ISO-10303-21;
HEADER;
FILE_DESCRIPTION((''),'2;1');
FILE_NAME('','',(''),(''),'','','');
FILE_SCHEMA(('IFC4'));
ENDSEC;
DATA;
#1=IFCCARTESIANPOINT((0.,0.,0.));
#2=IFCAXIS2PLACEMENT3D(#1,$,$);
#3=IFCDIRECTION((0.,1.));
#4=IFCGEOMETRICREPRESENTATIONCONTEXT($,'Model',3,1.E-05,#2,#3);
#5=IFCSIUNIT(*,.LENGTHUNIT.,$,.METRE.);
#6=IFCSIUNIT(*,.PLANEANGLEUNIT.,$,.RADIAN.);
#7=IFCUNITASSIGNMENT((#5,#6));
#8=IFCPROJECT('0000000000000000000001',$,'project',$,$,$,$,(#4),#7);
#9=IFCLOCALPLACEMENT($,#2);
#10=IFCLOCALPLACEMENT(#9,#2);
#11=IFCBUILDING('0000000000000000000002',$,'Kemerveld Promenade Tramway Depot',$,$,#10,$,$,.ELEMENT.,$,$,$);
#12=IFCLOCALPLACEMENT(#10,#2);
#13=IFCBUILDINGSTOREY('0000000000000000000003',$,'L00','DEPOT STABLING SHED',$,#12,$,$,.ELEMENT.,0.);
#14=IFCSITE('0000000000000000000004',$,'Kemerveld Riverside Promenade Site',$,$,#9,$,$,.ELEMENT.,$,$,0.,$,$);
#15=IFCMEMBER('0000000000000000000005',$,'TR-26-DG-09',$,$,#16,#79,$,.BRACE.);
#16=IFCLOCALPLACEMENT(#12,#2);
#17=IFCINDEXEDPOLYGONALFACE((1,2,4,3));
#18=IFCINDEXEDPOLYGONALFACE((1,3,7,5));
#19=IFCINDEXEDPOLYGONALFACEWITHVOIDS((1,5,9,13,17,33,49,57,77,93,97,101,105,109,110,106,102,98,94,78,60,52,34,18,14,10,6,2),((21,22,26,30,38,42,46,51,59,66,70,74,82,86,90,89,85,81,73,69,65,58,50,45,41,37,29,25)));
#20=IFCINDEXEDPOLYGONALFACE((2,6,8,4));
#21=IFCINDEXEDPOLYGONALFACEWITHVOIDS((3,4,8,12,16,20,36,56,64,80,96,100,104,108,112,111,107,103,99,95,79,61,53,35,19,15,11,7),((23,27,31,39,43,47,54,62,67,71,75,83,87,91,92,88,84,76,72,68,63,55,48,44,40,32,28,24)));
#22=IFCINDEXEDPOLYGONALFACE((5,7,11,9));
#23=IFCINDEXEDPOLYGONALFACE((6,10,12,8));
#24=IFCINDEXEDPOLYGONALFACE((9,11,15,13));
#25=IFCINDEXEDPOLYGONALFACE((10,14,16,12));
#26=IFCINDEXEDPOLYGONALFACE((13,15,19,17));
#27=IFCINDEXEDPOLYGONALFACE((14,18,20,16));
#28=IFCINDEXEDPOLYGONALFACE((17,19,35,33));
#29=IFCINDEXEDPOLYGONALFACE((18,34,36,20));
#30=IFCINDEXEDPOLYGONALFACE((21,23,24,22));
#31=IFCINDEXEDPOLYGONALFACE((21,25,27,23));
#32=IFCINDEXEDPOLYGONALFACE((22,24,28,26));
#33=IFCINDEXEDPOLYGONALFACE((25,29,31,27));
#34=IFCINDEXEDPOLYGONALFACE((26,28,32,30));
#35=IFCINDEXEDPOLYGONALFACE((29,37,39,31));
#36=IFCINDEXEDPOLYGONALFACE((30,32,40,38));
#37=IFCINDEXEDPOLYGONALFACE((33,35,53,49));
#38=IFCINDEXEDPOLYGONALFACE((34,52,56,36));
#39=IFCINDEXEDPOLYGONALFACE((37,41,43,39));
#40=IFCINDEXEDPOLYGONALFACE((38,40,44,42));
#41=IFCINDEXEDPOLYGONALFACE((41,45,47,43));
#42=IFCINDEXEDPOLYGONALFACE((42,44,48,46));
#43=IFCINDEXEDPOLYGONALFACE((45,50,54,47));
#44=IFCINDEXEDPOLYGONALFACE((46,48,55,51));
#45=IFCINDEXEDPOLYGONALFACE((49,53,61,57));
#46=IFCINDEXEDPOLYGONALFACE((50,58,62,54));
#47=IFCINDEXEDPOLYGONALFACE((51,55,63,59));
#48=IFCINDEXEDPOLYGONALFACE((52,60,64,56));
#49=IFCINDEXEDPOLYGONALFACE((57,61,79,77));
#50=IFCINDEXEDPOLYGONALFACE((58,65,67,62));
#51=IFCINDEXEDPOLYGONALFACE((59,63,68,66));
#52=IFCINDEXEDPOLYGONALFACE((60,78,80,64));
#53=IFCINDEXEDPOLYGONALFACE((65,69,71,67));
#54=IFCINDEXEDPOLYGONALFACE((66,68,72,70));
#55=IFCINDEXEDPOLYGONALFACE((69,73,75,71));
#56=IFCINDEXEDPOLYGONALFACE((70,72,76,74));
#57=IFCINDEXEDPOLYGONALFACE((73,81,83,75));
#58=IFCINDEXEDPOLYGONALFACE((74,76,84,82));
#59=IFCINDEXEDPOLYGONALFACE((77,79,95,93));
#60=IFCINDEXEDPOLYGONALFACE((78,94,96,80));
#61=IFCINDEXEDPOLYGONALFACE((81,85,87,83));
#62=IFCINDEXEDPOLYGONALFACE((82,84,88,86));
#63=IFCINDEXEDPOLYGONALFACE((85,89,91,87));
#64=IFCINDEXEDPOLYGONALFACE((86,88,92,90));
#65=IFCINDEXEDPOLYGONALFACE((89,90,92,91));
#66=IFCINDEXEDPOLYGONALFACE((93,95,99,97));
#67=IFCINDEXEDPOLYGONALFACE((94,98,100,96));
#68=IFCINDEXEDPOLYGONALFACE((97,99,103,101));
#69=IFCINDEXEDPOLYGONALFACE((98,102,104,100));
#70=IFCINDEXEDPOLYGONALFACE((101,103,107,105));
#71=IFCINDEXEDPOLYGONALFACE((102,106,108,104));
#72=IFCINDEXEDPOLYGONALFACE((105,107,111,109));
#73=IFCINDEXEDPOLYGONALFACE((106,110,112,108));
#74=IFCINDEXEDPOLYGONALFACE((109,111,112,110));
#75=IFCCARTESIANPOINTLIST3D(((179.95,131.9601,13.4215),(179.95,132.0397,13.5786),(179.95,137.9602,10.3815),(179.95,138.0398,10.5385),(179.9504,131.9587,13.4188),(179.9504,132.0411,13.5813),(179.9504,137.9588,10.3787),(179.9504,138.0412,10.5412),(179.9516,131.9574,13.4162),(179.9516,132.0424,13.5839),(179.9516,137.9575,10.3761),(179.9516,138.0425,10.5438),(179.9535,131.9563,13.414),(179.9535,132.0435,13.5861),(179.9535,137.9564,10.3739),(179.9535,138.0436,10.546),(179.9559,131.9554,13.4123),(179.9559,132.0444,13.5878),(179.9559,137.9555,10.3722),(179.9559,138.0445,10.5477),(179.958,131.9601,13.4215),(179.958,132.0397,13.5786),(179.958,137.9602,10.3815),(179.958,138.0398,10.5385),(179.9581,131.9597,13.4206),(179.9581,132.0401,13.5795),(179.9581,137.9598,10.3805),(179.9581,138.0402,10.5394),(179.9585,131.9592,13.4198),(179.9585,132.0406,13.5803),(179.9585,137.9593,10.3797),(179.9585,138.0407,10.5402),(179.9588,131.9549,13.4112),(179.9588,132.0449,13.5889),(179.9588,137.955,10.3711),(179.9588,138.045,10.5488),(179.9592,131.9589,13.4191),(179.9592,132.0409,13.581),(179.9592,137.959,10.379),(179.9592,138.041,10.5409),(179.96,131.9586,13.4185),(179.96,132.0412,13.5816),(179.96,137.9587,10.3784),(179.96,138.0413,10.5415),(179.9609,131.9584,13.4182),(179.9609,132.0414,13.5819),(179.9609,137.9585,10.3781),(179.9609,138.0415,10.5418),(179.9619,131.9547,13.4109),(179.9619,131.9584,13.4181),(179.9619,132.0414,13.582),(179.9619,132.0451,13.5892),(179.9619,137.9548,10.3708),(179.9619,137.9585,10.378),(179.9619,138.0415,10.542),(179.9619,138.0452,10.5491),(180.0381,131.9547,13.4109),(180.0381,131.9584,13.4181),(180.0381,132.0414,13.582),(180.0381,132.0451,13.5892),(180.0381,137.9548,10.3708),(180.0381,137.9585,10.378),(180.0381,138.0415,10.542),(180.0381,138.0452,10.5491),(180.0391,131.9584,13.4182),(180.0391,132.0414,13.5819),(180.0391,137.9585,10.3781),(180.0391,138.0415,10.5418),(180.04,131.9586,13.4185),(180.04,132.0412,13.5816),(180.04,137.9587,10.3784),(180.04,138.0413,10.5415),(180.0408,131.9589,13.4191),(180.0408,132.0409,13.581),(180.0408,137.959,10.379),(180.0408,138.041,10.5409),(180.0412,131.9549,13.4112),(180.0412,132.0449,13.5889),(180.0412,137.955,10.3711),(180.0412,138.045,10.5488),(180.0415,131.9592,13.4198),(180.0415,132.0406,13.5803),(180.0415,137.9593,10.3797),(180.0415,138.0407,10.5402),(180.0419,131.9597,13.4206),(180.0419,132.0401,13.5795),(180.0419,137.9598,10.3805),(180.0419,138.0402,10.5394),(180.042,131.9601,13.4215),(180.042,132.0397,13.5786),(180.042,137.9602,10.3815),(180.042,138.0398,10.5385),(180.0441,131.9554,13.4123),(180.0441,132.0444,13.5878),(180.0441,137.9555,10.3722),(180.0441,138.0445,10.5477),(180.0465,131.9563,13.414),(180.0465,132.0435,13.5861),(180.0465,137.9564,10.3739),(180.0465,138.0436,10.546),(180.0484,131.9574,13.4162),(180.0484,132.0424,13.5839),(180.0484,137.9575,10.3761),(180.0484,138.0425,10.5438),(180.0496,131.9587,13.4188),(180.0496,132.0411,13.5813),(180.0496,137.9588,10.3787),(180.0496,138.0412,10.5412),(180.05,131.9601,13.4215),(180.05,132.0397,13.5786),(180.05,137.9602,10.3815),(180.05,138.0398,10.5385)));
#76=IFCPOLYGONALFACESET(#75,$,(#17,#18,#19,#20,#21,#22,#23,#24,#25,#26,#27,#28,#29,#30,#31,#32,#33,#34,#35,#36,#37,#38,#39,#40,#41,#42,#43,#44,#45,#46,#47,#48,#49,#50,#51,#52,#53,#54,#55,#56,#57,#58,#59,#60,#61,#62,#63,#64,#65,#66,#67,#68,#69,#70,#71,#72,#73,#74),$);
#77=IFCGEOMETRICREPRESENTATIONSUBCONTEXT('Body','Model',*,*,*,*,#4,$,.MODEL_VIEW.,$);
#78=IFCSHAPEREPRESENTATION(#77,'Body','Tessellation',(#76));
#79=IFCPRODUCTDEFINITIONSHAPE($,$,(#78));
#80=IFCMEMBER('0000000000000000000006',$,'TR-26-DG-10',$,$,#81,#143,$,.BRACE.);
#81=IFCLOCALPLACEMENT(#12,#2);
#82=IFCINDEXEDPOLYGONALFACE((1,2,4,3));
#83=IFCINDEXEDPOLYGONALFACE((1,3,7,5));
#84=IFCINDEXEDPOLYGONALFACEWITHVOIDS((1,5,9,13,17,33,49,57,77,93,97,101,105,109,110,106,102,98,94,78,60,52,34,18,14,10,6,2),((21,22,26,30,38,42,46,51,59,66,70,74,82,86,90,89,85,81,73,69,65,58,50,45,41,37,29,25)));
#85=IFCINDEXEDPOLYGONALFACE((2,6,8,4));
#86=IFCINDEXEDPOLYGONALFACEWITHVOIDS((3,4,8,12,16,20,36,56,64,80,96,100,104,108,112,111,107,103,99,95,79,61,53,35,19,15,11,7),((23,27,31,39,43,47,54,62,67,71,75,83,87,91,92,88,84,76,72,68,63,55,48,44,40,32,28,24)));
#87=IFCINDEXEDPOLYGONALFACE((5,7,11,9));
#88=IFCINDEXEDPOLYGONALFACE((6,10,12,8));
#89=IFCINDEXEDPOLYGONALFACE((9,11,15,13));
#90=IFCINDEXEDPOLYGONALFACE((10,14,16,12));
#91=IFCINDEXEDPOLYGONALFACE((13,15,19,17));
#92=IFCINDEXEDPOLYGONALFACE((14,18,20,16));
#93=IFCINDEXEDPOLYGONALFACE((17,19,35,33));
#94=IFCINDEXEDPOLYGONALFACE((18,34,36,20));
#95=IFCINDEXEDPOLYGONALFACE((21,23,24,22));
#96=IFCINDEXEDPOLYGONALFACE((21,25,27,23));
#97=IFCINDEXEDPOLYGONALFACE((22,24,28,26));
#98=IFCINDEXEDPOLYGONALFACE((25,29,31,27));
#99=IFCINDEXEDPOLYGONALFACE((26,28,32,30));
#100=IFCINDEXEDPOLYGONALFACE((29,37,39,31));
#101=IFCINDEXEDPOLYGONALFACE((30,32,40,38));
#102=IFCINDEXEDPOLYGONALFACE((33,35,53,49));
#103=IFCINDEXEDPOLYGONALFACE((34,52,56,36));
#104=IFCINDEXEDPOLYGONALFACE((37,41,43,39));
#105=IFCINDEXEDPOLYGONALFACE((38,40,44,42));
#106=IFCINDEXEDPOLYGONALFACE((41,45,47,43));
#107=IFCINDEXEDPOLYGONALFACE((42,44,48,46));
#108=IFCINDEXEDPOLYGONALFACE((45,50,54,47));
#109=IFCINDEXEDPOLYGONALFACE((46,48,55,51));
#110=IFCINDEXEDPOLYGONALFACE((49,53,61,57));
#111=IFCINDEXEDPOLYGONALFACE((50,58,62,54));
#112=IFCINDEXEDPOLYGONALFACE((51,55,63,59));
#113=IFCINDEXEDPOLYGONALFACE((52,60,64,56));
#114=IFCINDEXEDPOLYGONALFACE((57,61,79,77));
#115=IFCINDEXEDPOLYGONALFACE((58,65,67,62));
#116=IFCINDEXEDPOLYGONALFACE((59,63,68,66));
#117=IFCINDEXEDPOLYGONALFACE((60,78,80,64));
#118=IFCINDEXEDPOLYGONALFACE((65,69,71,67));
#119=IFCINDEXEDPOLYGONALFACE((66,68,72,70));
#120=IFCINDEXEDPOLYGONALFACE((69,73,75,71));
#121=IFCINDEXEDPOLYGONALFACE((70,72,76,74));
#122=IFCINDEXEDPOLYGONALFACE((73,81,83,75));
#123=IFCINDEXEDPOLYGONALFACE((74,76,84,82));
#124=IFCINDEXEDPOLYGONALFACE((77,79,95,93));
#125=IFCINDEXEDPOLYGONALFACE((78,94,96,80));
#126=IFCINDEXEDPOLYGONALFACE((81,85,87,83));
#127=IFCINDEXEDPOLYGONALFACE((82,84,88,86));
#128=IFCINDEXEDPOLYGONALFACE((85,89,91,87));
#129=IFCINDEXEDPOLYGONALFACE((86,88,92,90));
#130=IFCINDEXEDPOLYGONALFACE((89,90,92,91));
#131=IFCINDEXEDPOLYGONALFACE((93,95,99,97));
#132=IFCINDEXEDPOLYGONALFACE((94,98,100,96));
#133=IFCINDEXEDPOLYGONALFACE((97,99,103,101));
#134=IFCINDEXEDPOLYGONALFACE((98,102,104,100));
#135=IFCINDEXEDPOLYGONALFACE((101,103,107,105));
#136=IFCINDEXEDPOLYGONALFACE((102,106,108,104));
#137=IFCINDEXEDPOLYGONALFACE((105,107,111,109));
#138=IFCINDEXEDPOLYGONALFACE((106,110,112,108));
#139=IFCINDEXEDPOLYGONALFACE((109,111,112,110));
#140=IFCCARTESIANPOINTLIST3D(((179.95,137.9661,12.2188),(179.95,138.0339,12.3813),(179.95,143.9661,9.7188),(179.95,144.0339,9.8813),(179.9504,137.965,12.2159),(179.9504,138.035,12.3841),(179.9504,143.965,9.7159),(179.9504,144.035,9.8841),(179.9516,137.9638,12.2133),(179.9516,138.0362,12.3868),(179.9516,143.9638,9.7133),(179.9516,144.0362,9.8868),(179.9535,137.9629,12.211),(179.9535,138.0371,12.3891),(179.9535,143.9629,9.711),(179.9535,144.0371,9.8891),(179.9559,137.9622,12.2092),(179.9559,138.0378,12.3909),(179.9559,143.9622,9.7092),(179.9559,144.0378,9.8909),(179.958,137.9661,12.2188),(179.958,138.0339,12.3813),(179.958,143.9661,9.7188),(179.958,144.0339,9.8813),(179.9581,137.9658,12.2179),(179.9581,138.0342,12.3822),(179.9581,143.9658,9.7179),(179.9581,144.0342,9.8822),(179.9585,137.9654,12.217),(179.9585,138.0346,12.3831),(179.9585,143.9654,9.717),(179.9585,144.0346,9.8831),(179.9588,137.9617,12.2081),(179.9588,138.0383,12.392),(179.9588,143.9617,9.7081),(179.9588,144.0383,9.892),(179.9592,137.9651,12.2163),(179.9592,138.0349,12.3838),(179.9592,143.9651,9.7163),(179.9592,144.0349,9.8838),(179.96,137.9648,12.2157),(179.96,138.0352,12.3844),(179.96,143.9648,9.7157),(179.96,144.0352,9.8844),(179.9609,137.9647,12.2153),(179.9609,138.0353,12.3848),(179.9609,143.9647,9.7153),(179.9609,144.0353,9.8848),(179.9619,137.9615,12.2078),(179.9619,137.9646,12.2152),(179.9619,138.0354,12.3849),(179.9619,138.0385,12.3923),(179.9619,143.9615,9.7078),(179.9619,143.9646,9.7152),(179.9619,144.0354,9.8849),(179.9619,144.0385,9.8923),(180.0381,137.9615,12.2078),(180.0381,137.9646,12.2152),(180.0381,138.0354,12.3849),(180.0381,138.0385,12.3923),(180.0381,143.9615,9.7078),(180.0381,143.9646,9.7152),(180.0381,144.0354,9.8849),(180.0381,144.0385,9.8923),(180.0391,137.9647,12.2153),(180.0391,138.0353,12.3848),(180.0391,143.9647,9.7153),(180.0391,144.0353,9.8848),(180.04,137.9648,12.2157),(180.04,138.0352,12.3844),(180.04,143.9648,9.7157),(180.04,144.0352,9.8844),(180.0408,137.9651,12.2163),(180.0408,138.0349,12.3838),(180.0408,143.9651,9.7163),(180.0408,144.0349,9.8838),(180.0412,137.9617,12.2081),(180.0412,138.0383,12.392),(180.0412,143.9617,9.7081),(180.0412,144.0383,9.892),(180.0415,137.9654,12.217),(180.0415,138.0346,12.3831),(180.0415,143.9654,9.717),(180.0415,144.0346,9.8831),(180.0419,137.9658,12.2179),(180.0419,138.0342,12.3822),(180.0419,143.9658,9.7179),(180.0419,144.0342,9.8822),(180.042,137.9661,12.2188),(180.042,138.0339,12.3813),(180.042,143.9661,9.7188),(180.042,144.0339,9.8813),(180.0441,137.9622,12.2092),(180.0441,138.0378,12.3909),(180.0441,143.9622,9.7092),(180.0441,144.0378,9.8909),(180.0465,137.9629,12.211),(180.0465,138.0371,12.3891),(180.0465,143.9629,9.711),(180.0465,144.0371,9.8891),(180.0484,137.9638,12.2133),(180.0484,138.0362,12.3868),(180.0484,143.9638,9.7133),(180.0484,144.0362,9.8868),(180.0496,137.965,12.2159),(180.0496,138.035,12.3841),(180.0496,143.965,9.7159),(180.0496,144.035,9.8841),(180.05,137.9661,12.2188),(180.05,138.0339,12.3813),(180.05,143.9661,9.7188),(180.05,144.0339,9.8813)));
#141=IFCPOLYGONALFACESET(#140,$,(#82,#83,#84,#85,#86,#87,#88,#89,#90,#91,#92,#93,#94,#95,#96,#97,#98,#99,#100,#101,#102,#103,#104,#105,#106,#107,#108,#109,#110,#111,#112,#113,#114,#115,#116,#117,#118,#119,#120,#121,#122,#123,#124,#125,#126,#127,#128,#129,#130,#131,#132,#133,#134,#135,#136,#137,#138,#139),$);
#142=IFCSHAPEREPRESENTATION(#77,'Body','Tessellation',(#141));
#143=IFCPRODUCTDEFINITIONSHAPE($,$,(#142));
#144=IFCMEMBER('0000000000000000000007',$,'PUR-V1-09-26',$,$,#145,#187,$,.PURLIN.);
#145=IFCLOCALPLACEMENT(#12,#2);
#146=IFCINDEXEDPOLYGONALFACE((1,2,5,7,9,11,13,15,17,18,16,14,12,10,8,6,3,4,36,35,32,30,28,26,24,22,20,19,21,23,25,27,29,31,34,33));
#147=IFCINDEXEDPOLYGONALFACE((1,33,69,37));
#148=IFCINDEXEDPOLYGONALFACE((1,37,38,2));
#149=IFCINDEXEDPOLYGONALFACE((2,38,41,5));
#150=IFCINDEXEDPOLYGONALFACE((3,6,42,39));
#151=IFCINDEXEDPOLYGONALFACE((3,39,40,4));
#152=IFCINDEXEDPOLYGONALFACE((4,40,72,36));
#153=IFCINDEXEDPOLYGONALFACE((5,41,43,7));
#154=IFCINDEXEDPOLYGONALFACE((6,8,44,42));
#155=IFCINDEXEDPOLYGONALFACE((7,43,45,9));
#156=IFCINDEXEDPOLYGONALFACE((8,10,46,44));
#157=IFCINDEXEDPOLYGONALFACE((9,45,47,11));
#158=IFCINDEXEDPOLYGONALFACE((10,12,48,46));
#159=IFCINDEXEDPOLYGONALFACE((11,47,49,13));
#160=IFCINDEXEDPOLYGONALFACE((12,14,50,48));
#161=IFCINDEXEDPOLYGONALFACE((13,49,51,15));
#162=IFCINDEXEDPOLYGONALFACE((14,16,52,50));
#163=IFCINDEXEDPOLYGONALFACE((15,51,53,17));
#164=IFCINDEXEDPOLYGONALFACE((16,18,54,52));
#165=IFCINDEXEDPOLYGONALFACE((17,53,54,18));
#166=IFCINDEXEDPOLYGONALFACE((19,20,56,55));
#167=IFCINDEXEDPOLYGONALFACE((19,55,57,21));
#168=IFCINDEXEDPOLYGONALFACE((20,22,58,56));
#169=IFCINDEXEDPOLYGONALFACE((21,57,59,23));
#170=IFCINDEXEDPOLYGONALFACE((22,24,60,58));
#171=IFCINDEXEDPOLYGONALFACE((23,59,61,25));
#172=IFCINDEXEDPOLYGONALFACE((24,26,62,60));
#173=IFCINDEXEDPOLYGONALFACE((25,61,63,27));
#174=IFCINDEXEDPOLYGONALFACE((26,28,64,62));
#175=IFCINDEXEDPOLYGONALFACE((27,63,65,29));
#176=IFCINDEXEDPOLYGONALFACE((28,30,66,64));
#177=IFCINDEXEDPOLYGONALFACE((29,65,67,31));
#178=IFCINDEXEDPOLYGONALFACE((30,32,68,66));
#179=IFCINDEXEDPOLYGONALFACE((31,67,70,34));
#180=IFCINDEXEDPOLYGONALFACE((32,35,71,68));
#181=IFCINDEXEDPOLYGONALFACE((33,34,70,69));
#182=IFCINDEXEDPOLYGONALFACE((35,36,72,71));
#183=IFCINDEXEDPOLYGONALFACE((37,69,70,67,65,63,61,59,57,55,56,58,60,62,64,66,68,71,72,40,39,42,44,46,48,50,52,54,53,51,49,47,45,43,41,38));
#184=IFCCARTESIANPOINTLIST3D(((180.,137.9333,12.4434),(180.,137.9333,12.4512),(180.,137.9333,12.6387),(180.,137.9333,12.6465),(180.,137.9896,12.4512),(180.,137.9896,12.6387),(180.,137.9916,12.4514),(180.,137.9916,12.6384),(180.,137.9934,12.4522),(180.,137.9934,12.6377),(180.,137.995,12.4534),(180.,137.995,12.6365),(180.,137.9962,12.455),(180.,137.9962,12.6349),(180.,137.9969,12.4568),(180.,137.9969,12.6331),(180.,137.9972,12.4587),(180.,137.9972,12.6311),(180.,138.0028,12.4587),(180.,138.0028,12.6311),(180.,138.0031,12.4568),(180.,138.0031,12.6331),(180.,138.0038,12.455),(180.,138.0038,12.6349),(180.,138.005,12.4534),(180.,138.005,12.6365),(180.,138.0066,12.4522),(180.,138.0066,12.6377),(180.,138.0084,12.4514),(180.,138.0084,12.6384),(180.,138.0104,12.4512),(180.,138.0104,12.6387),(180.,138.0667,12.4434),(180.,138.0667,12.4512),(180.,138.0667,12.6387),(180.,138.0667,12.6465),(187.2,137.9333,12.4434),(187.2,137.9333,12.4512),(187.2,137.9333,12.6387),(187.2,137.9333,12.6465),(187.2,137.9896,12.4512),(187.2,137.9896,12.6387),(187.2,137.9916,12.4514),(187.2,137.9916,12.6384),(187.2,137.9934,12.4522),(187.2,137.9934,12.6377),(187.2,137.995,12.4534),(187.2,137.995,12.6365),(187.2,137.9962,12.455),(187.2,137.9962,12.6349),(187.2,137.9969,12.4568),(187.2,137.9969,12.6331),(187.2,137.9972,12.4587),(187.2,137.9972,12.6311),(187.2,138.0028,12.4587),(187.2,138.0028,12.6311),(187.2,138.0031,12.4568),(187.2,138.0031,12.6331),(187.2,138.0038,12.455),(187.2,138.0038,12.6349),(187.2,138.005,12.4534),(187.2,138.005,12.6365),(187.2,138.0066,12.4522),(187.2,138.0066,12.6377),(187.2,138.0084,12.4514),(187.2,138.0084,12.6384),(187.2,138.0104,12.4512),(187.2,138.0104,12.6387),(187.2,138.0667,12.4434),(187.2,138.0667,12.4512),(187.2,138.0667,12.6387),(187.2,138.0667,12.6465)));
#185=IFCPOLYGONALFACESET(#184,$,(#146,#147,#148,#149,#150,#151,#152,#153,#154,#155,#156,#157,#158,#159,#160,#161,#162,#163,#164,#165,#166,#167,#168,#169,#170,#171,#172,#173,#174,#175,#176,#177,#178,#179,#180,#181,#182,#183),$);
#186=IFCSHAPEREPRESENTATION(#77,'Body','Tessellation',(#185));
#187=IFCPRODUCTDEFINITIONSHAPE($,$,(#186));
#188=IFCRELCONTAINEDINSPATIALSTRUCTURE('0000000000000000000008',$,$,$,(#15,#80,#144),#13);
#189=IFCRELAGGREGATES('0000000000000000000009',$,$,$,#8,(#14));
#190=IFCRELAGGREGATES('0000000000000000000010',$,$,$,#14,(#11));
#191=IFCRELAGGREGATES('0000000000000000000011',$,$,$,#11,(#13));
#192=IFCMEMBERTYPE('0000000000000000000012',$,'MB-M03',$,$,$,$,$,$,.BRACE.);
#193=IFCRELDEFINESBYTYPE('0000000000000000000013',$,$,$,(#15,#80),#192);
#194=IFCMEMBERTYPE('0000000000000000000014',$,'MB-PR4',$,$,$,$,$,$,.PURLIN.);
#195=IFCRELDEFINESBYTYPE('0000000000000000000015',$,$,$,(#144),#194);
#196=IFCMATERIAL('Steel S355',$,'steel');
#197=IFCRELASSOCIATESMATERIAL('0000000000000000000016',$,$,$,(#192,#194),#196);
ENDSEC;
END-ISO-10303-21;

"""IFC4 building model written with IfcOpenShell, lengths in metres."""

from ifc_helpers import new_model, si_unit, direction, frame, origin, origin_2d, place, context, subcontext, project, spatial, hollow_rectangle, i_section, extrude, material, material_profile, profile_set, type_object, element, save


model = new_model("IFC4")

# Units and contexts
model_context = context("Model", 3, precision=1e-05, world=origin(), true_north=direction((0.0, 1.0)))
body_context = subcontext(model_context, "Body", "Model", "MODEL_VIEW")
ifc_project = project(units=[si_unit("LENGTHUNIT", "METRE"), si_unit("PLANEANGLEUNIT", "RADIAN")], contexts=[model_context])

# Site, building, storey
site_placement = place(None, origin())
site = spatial("IfcSite", under=ifc_project, at=site_placement, Name="Kemerveld Riverside Promenade Site", CompositionType="ELEMENT", RefElevation=0.0)
building_placement = place(site_placement, origin())
building = spatial("IfcBuilding", under=site, at=building_placement, Name="Kemerveld Promenade Tramway Depot", CompositionType="ELEMENT")
storey_placement = place(building_placement, origin())
storey = spatial("IfcBuildingStorey", under=building, at=storey_placement, Name="L00", Description="DEPOT STABLING SHED", CompositionType="ELEMENT", Elevation=0.0)

# Shared definitions
ifc_material_1 = material(Name="Steel S355", Category="steel")

# Members
ifc_material_profile_1 = material_profile(ifc_material_1, hollow_rectangle(XDim=0.1001, YDim=0.2, WallThickness=0.0081, InnerFilletRadius=0.0039, OuterFilletRadius=0.012, at=origin_2d()), Name="200x100x8.0 RHS")
ifc_profile_set_1 = profile_set([ifc_material_profile_1], Name="Steel S355")
member_type_1 = type_object("IfcMemberType", Name="MB-M03", PredefinedType="BRACE", material=ifc_profile_set_1)
member_1_placement = place(storey_placement, frame((180.0, 138.0, 10.46), z_axis=(0.0, -0.892033, 0.451969), x_axis=(1.0, 0.0, 0.0)))
element("IfcMember", 1, at=member_1_placement, inside=storey, type_object=member_type_1, Name="TR-26-DG-09", PredefinedType="BRACE", context=body_context, shape_type="SweptSolid", body=[
    extrude(hollow_rectangle(XDim=0.1001, YDim=0.2, WallThickness=0.0081, InnerFilletRadius=0.0039, OuterFilletRadius=0.012, at=origin_2d()), origin(), (0.0, 0.0, 1.0), 6.7263),
])
member_2_placement = place(storey_placement, frame((180.0, 144.0, 9.8), z_axis=(0.0, -0.923077, 0.384615), x_axis=(1.0, 0.0, 0.0)))
element("IfcMember", 2, at=member_2_placement, inside=storey, type_object=member_type_1, Name="TR-26-DG-10", PredefinedType="BRACE", context=body_context, shape_type="SweptSolid", body=[
    extrude(hollow_rectangle(XDim=0.1001, YDim=0.2, WallThickness=0.0081, InnerFilletRadius=0.0039, OuterFilletRadius=0.012, at=origin_2d()), origin(), (0.0, 0.0, 1.0), 6.5),
])
ifc_material_profile_2 = material_profile(ifc_material_1, i_section(OverallWidth=0.1333, OverallDepth=0.2031, WebThickness=0.0056, FlangeThickness=0.0078, FilletRadius=0.0076, at=origin_2d()), Name="203x133x25 UB")
ifc_profile_set_2 = profile_set([ifc_material_profile_2], Name="Steel S355")
member_type_2 = type_object("IfcMemberType", Name="MB-PR4", PredefinedType="PURLIN", material=ifc_profile_set_2)
member_3_placement = place(storey_placement, frame((180.0, 138.0, 12.5449), z_axis=(1.0, 0.0, 0.0), x_axis=(0.0, 1.0, 0.0)))
element("IfcMember", 3, at=member_3_placement, inside=storey, type_object=member_type_2, Name="PUR-V1-09-26", PredefinedType="PURLIN", context=body_context, shape_type="SweptSolid", body=[
    extrude(i_section(OverallWidth=0.1333, OverallDepth=0.2031, WebThickness=0.0056, FlangeThickness=0.0078, FilletRadius=0.0076, at=origin_2d()), origin(), (0.0, 0.0, 1.0), 7.2),
])

save(model, "model.ifc")
